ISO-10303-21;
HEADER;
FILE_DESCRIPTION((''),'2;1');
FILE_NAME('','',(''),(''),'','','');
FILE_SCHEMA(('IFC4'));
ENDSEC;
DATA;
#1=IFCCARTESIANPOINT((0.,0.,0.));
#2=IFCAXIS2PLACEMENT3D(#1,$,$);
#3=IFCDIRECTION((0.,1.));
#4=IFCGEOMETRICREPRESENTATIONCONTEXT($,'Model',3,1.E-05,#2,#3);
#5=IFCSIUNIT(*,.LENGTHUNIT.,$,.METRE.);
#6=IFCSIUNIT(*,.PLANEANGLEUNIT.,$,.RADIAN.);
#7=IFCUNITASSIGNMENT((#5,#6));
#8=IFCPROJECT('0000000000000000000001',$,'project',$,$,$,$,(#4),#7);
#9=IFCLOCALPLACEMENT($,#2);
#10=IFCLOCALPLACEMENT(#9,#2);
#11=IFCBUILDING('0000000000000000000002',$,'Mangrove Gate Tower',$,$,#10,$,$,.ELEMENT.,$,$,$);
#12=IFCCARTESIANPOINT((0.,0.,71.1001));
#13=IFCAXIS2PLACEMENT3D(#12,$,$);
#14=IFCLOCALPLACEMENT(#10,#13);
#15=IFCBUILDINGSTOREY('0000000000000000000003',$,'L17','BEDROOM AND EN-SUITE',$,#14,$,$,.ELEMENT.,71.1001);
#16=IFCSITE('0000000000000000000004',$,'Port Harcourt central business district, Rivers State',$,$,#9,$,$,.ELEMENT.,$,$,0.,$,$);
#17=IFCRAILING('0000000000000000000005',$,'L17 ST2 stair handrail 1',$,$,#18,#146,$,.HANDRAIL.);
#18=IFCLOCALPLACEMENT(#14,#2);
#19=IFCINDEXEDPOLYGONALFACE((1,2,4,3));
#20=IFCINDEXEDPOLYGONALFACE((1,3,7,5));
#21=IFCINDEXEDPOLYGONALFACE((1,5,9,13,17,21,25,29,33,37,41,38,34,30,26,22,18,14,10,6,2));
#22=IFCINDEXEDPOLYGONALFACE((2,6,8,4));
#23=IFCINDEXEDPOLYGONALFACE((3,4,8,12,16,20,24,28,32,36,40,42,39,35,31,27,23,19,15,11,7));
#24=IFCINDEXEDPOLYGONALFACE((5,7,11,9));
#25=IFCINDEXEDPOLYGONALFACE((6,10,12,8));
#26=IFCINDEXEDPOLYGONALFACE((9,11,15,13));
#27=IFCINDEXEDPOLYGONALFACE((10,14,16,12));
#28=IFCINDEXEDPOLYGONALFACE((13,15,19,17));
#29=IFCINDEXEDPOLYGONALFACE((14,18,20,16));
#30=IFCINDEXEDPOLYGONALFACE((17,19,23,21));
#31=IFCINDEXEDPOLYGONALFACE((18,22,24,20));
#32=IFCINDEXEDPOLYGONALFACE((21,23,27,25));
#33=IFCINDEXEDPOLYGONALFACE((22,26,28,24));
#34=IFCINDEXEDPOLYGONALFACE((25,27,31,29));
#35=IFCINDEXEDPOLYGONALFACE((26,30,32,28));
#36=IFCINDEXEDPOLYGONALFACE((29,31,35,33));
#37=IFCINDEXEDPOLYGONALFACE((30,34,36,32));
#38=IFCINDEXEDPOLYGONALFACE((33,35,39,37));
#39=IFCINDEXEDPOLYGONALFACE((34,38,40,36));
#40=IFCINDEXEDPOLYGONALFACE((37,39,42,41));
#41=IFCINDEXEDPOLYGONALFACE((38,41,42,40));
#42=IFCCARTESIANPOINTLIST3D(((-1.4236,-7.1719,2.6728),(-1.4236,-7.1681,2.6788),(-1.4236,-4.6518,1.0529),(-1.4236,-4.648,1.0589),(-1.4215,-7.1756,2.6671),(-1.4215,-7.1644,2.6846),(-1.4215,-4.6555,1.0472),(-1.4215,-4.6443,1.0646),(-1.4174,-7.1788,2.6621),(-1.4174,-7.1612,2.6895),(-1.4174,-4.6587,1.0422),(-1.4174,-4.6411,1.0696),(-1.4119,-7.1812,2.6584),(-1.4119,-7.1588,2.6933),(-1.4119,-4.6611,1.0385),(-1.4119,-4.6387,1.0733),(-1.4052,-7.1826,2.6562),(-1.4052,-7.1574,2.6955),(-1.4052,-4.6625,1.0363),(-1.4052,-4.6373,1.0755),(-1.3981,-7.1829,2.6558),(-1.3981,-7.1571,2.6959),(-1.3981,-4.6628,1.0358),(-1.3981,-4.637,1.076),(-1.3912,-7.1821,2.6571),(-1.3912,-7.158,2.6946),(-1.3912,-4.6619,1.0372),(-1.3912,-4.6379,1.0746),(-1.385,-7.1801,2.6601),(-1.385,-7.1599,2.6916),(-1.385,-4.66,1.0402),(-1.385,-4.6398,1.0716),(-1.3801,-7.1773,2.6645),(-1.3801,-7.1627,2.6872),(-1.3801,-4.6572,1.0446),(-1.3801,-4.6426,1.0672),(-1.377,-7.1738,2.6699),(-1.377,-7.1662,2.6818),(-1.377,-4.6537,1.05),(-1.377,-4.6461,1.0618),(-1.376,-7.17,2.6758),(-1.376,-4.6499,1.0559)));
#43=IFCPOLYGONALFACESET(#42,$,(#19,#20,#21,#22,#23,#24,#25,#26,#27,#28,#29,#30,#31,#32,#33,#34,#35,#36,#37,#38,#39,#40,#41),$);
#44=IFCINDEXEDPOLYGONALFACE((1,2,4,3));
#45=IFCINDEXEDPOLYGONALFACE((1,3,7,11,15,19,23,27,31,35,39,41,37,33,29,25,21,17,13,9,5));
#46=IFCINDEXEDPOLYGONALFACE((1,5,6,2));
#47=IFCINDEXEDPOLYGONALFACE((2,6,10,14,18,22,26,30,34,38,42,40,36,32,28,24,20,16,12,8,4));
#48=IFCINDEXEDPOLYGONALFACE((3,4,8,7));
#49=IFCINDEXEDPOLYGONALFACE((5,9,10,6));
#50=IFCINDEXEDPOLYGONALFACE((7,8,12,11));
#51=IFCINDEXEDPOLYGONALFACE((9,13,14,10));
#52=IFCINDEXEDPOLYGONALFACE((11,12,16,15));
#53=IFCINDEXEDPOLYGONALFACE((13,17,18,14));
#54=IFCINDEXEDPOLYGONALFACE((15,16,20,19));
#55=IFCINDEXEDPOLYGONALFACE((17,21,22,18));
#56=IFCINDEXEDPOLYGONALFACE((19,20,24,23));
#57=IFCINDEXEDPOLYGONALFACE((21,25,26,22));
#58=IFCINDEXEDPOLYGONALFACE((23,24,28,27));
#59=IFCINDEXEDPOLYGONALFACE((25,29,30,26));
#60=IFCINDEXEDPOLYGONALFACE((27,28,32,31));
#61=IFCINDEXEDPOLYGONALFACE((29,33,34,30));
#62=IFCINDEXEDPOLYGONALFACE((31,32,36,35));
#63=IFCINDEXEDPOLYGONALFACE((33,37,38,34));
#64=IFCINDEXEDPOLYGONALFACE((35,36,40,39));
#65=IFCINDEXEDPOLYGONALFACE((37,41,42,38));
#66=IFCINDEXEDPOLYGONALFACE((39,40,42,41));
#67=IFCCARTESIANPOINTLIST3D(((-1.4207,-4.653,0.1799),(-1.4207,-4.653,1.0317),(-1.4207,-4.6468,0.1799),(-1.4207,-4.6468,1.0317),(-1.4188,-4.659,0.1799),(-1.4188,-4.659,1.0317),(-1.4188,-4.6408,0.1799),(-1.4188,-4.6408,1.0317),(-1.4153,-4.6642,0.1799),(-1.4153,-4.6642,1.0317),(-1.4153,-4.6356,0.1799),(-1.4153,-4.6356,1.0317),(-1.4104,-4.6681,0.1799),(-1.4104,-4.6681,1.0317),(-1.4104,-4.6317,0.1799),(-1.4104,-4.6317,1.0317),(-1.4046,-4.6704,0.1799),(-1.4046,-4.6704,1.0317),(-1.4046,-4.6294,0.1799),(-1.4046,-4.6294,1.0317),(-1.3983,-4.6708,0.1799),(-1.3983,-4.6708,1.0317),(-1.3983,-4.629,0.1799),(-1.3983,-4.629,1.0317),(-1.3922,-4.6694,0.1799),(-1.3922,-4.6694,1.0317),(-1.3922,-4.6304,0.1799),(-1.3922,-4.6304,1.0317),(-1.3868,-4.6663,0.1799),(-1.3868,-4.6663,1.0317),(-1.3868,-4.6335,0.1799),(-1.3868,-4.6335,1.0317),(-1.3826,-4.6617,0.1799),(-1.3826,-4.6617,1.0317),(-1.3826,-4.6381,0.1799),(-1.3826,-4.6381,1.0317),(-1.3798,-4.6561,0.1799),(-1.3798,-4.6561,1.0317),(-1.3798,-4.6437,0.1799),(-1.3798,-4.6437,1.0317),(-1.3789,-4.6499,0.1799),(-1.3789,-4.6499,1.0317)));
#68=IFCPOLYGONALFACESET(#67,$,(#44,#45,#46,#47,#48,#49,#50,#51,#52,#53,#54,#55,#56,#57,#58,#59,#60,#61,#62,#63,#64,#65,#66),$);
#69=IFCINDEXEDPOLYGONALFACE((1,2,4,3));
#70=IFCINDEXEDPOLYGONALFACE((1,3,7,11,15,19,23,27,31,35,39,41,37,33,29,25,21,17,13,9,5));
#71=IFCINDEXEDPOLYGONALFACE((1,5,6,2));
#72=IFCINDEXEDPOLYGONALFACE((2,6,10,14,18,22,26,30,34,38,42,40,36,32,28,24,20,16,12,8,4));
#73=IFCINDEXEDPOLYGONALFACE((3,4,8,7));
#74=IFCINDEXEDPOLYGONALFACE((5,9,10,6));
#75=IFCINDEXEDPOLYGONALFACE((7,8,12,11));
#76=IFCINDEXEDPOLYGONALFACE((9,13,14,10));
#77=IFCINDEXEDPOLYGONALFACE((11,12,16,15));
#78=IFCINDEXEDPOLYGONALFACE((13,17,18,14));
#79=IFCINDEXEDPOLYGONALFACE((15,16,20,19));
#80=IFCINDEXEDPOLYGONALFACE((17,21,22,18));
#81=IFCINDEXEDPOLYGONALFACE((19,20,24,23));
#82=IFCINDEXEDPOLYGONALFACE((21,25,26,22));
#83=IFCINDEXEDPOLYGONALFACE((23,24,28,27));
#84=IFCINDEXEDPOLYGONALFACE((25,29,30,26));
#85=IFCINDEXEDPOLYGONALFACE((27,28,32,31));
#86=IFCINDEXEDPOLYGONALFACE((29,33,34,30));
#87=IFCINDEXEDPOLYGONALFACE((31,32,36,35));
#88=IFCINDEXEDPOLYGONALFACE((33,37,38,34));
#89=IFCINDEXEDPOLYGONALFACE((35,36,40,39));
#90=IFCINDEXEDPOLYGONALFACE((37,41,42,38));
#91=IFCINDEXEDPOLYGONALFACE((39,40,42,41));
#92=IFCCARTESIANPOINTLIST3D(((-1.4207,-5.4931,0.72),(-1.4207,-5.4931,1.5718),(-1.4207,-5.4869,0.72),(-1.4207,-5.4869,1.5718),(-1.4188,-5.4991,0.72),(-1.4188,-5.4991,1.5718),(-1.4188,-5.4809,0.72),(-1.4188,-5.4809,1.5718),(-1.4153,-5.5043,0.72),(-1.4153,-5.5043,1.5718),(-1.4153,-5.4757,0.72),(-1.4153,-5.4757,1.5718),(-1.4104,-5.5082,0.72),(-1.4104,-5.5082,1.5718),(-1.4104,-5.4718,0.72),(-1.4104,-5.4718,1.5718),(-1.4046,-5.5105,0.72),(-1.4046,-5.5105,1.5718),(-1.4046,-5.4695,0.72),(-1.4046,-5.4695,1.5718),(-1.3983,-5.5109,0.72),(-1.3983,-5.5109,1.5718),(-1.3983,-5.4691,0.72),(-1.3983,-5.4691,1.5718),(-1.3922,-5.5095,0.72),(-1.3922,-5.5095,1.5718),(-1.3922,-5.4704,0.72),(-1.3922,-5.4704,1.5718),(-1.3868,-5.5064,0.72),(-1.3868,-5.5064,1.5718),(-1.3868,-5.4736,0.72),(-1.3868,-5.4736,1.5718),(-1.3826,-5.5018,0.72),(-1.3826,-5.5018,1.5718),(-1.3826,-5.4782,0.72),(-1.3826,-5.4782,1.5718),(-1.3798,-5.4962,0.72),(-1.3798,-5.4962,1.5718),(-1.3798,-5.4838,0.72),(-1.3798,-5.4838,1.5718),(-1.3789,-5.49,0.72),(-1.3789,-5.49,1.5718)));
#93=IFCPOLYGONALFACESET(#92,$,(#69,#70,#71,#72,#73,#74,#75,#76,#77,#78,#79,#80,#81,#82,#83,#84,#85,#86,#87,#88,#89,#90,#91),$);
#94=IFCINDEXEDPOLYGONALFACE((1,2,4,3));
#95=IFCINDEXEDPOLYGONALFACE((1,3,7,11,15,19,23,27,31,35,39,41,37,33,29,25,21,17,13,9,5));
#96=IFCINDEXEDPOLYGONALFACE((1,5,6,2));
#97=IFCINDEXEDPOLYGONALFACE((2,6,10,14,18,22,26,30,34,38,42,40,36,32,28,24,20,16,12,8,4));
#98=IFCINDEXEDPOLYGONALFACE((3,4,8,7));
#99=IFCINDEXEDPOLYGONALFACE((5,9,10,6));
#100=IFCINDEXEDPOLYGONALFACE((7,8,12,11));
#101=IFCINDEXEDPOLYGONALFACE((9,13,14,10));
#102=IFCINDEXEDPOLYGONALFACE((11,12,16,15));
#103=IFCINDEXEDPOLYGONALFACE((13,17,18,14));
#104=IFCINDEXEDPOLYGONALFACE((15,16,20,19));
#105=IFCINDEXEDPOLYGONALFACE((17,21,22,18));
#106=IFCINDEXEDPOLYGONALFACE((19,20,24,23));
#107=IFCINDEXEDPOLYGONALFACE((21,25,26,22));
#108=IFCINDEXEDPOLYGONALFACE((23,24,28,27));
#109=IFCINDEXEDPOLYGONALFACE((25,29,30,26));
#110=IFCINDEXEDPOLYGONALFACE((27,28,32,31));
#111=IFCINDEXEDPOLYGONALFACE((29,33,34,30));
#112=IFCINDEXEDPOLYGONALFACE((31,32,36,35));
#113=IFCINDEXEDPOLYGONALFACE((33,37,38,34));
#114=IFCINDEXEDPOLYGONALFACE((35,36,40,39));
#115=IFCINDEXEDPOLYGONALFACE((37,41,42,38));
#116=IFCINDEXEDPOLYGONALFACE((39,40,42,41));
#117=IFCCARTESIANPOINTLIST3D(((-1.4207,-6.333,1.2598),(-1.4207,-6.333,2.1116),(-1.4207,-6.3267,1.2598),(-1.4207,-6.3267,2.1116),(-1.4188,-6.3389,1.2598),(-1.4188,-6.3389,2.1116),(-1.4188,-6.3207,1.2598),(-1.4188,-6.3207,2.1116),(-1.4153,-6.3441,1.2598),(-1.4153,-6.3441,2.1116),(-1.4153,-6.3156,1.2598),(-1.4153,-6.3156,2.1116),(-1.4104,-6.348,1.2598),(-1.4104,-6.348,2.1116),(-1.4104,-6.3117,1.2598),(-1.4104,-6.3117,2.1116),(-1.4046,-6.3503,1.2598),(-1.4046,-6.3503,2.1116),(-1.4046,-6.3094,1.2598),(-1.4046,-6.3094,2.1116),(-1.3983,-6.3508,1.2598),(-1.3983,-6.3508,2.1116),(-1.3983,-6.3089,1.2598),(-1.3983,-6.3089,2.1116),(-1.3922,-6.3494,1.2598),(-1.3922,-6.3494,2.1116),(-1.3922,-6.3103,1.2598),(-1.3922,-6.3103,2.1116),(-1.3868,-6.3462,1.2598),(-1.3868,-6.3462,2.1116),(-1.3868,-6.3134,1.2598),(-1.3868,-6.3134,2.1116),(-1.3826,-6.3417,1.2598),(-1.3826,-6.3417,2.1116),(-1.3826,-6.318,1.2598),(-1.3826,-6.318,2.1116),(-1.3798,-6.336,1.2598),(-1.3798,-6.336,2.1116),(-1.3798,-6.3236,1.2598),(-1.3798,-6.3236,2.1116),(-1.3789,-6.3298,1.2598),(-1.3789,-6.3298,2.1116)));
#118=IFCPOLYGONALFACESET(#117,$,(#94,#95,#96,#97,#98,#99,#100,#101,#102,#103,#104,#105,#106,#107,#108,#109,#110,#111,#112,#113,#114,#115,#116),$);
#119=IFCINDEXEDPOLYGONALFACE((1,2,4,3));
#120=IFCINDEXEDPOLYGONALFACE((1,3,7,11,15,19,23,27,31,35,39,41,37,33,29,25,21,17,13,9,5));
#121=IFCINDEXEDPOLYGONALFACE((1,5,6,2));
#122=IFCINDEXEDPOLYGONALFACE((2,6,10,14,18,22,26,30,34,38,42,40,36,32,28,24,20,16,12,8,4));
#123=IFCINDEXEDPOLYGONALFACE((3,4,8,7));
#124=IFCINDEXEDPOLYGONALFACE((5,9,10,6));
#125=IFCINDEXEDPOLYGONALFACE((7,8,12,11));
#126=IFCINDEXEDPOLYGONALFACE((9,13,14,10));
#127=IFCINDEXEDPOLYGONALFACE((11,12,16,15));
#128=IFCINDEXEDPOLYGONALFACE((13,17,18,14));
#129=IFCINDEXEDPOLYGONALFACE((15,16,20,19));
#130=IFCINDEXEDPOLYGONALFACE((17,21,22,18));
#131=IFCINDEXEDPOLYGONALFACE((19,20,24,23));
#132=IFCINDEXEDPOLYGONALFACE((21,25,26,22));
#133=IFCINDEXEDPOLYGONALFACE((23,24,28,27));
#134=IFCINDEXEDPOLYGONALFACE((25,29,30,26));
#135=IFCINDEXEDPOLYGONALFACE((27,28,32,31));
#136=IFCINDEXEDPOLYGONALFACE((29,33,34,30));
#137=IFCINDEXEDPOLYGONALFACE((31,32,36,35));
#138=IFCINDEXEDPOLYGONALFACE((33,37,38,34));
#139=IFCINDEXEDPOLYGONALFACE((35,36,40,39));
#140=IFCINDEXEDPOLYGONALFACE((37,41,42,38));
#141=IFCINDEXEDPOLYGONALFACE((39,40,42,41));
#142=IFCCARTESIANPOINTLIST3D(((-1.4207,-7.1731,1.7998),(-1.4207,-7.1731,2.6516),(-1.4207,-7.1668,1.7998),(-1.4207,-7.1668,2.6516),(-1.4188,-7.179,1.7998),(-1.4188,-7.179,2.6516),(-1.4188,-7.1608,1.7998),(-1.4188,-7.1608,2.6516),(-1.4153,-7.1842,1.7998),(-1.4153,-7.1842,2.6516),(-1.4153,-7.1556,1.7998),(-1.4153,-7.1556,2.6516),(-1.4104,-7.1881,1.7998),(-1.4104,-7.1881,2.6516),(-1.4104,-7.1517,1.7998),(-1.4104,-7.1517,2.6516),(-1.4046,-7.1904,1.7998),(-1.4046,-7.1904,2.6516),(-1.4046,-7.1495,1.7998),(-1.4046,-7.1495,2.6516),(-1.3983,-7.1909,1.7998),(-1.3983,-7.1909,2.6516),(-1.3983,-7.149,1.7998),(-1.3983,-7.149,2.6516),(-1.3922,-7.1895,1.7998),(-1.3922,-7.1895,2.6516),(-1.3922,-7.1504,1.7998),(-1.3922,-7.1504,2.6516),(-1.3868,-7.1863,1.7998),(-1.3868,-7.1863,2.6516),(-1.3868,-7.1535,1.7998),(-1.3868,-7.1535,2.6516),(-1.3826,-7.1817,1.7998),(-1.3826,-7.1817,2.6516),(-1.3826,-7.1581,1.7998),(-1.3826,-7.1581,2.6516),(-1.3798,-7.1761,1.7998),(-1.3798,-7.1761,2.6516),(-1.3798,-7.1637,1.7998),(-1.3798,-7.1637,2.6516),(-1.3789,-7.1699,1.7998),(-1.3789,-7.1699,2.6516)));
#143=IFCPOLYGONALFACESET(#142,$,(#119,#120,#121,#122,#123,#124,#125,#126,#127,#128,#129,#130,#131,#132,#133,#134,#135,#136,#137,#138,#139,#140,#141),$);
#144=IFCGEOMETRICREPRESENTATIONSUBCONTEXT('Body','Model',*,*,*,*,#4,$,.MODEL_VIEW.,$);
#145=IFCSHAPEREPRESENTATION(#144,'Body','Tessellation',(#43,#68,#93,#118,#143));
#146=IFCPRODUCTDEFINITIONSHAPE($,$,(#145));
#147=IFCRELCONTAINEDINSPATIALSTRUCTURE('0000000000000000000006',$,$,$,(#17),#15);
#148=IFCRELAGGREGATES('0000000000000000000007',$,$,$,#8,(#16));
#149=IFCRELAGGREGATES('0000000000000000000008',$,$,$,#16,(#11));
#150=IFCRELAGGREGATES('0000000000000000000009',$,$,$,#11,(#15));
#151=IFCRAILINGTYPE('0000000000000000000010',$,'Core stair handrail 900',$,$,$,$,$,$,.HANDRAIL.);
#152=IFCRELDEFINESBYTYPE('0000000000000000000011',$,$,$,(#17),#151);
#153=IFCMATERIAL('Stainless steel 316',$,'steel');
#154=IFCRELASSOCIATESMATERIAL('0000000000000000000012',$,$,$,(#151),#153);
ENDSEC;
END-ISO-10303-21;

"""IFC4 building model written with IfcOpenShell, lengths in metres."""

from ifc_helpers import new_model, si_unit, direction, frame, origin, origin_2d, place, context, subcontext, project, spatial, circle, extrude, material, type_object, element, save


model = new_model("IFC4")

# Units and contexts
model_context = context("Model", 3, precision=1e-05, world=origin(), true_north=direction((0.0, 1.0)))
body_context = subcontext(model_context, "Body", "Model", "MODEL_VIEW")
ifc_project = project(units=[si_unit("LENGTHUNIT", "METRE"), si_unit("PLANEANGLEUNIT", "RADIAN")], contexts=[model_context])

# Site, building, storey
site_placement = place(None, origin())
site = spatial("IfcSite", under=ifc_project, at=site_placement, Name="Port Harcourt central business district, Rivers State", CompositionType="ELEMENT", RefElevation=0.0)
building_placement = place(site_placement, origin())
building = spatial("IfcBuilding", under=site, at=building_placement, Name="Mangrove Gate Tower", CompositionType="ELEMENT")
storey_placement = place(building_placement, frame((0.0, 0.0, 71.1001)))
storey = spatial("IfcBuildingStorey", under=building, at=storey_placement, Name="L17", Description="BEDROOM AND EN-SUITE", CompositionType="ELEMENT", Elevation=71.1001)

# Railing
ifc_material_1 = material(Name="Stainless steel 316", Category="steel")
railing_type_1 = type_object("IfcRailingType", Name="Core stair handrail 900", PredefinedType="HANDRAIL", material=ifc_material_1)
railing_1_placement = place(storey_placement, frame((-1.3999, -4.6499, 0.1799)))
element("IfcRailing", 1, at=railing_1_placement, inside=storey, type_object=railing_type_1, Name="L17 ST2 stair handrail 1", PredefinedType="HANDRAIL", context=body_context, shape_type="SweptSolid", body=[
    extrude(circle(Radius=0.0239, at=origin_2d()), frame((0.0, 0.0, 0.876), z_axis=(0.0, -0.8412, 0.540725), x_axis=(1.0, 0.0, 0.0)), (0.0, 0.0, 1.0), 2.9958),
    extrude(circle(Radius=0.021, at=origin_2d()), origin(), (0.0, 0.0, 1.0), 0.8518),
    extrude(circle(Radius=0.021, at=origin_2d()), frame((0.0, -0.8401, 0.54)), (0.0, 0.0, 1.0), 0.8518),
    extrude(circle(Radius=0.021, at=origin_2d()), frame((0.0, -1.6799, 1.0798)), (0.0, 0.0, 1.0), 0.8518),
    extrude(circle(Radius=0.021, at=origin_2d()), frame((0.0, -2.52, 1.6199)), (0.0, 0.0, 1.0), 0.8518),
])

save(model, "model.ifc")
